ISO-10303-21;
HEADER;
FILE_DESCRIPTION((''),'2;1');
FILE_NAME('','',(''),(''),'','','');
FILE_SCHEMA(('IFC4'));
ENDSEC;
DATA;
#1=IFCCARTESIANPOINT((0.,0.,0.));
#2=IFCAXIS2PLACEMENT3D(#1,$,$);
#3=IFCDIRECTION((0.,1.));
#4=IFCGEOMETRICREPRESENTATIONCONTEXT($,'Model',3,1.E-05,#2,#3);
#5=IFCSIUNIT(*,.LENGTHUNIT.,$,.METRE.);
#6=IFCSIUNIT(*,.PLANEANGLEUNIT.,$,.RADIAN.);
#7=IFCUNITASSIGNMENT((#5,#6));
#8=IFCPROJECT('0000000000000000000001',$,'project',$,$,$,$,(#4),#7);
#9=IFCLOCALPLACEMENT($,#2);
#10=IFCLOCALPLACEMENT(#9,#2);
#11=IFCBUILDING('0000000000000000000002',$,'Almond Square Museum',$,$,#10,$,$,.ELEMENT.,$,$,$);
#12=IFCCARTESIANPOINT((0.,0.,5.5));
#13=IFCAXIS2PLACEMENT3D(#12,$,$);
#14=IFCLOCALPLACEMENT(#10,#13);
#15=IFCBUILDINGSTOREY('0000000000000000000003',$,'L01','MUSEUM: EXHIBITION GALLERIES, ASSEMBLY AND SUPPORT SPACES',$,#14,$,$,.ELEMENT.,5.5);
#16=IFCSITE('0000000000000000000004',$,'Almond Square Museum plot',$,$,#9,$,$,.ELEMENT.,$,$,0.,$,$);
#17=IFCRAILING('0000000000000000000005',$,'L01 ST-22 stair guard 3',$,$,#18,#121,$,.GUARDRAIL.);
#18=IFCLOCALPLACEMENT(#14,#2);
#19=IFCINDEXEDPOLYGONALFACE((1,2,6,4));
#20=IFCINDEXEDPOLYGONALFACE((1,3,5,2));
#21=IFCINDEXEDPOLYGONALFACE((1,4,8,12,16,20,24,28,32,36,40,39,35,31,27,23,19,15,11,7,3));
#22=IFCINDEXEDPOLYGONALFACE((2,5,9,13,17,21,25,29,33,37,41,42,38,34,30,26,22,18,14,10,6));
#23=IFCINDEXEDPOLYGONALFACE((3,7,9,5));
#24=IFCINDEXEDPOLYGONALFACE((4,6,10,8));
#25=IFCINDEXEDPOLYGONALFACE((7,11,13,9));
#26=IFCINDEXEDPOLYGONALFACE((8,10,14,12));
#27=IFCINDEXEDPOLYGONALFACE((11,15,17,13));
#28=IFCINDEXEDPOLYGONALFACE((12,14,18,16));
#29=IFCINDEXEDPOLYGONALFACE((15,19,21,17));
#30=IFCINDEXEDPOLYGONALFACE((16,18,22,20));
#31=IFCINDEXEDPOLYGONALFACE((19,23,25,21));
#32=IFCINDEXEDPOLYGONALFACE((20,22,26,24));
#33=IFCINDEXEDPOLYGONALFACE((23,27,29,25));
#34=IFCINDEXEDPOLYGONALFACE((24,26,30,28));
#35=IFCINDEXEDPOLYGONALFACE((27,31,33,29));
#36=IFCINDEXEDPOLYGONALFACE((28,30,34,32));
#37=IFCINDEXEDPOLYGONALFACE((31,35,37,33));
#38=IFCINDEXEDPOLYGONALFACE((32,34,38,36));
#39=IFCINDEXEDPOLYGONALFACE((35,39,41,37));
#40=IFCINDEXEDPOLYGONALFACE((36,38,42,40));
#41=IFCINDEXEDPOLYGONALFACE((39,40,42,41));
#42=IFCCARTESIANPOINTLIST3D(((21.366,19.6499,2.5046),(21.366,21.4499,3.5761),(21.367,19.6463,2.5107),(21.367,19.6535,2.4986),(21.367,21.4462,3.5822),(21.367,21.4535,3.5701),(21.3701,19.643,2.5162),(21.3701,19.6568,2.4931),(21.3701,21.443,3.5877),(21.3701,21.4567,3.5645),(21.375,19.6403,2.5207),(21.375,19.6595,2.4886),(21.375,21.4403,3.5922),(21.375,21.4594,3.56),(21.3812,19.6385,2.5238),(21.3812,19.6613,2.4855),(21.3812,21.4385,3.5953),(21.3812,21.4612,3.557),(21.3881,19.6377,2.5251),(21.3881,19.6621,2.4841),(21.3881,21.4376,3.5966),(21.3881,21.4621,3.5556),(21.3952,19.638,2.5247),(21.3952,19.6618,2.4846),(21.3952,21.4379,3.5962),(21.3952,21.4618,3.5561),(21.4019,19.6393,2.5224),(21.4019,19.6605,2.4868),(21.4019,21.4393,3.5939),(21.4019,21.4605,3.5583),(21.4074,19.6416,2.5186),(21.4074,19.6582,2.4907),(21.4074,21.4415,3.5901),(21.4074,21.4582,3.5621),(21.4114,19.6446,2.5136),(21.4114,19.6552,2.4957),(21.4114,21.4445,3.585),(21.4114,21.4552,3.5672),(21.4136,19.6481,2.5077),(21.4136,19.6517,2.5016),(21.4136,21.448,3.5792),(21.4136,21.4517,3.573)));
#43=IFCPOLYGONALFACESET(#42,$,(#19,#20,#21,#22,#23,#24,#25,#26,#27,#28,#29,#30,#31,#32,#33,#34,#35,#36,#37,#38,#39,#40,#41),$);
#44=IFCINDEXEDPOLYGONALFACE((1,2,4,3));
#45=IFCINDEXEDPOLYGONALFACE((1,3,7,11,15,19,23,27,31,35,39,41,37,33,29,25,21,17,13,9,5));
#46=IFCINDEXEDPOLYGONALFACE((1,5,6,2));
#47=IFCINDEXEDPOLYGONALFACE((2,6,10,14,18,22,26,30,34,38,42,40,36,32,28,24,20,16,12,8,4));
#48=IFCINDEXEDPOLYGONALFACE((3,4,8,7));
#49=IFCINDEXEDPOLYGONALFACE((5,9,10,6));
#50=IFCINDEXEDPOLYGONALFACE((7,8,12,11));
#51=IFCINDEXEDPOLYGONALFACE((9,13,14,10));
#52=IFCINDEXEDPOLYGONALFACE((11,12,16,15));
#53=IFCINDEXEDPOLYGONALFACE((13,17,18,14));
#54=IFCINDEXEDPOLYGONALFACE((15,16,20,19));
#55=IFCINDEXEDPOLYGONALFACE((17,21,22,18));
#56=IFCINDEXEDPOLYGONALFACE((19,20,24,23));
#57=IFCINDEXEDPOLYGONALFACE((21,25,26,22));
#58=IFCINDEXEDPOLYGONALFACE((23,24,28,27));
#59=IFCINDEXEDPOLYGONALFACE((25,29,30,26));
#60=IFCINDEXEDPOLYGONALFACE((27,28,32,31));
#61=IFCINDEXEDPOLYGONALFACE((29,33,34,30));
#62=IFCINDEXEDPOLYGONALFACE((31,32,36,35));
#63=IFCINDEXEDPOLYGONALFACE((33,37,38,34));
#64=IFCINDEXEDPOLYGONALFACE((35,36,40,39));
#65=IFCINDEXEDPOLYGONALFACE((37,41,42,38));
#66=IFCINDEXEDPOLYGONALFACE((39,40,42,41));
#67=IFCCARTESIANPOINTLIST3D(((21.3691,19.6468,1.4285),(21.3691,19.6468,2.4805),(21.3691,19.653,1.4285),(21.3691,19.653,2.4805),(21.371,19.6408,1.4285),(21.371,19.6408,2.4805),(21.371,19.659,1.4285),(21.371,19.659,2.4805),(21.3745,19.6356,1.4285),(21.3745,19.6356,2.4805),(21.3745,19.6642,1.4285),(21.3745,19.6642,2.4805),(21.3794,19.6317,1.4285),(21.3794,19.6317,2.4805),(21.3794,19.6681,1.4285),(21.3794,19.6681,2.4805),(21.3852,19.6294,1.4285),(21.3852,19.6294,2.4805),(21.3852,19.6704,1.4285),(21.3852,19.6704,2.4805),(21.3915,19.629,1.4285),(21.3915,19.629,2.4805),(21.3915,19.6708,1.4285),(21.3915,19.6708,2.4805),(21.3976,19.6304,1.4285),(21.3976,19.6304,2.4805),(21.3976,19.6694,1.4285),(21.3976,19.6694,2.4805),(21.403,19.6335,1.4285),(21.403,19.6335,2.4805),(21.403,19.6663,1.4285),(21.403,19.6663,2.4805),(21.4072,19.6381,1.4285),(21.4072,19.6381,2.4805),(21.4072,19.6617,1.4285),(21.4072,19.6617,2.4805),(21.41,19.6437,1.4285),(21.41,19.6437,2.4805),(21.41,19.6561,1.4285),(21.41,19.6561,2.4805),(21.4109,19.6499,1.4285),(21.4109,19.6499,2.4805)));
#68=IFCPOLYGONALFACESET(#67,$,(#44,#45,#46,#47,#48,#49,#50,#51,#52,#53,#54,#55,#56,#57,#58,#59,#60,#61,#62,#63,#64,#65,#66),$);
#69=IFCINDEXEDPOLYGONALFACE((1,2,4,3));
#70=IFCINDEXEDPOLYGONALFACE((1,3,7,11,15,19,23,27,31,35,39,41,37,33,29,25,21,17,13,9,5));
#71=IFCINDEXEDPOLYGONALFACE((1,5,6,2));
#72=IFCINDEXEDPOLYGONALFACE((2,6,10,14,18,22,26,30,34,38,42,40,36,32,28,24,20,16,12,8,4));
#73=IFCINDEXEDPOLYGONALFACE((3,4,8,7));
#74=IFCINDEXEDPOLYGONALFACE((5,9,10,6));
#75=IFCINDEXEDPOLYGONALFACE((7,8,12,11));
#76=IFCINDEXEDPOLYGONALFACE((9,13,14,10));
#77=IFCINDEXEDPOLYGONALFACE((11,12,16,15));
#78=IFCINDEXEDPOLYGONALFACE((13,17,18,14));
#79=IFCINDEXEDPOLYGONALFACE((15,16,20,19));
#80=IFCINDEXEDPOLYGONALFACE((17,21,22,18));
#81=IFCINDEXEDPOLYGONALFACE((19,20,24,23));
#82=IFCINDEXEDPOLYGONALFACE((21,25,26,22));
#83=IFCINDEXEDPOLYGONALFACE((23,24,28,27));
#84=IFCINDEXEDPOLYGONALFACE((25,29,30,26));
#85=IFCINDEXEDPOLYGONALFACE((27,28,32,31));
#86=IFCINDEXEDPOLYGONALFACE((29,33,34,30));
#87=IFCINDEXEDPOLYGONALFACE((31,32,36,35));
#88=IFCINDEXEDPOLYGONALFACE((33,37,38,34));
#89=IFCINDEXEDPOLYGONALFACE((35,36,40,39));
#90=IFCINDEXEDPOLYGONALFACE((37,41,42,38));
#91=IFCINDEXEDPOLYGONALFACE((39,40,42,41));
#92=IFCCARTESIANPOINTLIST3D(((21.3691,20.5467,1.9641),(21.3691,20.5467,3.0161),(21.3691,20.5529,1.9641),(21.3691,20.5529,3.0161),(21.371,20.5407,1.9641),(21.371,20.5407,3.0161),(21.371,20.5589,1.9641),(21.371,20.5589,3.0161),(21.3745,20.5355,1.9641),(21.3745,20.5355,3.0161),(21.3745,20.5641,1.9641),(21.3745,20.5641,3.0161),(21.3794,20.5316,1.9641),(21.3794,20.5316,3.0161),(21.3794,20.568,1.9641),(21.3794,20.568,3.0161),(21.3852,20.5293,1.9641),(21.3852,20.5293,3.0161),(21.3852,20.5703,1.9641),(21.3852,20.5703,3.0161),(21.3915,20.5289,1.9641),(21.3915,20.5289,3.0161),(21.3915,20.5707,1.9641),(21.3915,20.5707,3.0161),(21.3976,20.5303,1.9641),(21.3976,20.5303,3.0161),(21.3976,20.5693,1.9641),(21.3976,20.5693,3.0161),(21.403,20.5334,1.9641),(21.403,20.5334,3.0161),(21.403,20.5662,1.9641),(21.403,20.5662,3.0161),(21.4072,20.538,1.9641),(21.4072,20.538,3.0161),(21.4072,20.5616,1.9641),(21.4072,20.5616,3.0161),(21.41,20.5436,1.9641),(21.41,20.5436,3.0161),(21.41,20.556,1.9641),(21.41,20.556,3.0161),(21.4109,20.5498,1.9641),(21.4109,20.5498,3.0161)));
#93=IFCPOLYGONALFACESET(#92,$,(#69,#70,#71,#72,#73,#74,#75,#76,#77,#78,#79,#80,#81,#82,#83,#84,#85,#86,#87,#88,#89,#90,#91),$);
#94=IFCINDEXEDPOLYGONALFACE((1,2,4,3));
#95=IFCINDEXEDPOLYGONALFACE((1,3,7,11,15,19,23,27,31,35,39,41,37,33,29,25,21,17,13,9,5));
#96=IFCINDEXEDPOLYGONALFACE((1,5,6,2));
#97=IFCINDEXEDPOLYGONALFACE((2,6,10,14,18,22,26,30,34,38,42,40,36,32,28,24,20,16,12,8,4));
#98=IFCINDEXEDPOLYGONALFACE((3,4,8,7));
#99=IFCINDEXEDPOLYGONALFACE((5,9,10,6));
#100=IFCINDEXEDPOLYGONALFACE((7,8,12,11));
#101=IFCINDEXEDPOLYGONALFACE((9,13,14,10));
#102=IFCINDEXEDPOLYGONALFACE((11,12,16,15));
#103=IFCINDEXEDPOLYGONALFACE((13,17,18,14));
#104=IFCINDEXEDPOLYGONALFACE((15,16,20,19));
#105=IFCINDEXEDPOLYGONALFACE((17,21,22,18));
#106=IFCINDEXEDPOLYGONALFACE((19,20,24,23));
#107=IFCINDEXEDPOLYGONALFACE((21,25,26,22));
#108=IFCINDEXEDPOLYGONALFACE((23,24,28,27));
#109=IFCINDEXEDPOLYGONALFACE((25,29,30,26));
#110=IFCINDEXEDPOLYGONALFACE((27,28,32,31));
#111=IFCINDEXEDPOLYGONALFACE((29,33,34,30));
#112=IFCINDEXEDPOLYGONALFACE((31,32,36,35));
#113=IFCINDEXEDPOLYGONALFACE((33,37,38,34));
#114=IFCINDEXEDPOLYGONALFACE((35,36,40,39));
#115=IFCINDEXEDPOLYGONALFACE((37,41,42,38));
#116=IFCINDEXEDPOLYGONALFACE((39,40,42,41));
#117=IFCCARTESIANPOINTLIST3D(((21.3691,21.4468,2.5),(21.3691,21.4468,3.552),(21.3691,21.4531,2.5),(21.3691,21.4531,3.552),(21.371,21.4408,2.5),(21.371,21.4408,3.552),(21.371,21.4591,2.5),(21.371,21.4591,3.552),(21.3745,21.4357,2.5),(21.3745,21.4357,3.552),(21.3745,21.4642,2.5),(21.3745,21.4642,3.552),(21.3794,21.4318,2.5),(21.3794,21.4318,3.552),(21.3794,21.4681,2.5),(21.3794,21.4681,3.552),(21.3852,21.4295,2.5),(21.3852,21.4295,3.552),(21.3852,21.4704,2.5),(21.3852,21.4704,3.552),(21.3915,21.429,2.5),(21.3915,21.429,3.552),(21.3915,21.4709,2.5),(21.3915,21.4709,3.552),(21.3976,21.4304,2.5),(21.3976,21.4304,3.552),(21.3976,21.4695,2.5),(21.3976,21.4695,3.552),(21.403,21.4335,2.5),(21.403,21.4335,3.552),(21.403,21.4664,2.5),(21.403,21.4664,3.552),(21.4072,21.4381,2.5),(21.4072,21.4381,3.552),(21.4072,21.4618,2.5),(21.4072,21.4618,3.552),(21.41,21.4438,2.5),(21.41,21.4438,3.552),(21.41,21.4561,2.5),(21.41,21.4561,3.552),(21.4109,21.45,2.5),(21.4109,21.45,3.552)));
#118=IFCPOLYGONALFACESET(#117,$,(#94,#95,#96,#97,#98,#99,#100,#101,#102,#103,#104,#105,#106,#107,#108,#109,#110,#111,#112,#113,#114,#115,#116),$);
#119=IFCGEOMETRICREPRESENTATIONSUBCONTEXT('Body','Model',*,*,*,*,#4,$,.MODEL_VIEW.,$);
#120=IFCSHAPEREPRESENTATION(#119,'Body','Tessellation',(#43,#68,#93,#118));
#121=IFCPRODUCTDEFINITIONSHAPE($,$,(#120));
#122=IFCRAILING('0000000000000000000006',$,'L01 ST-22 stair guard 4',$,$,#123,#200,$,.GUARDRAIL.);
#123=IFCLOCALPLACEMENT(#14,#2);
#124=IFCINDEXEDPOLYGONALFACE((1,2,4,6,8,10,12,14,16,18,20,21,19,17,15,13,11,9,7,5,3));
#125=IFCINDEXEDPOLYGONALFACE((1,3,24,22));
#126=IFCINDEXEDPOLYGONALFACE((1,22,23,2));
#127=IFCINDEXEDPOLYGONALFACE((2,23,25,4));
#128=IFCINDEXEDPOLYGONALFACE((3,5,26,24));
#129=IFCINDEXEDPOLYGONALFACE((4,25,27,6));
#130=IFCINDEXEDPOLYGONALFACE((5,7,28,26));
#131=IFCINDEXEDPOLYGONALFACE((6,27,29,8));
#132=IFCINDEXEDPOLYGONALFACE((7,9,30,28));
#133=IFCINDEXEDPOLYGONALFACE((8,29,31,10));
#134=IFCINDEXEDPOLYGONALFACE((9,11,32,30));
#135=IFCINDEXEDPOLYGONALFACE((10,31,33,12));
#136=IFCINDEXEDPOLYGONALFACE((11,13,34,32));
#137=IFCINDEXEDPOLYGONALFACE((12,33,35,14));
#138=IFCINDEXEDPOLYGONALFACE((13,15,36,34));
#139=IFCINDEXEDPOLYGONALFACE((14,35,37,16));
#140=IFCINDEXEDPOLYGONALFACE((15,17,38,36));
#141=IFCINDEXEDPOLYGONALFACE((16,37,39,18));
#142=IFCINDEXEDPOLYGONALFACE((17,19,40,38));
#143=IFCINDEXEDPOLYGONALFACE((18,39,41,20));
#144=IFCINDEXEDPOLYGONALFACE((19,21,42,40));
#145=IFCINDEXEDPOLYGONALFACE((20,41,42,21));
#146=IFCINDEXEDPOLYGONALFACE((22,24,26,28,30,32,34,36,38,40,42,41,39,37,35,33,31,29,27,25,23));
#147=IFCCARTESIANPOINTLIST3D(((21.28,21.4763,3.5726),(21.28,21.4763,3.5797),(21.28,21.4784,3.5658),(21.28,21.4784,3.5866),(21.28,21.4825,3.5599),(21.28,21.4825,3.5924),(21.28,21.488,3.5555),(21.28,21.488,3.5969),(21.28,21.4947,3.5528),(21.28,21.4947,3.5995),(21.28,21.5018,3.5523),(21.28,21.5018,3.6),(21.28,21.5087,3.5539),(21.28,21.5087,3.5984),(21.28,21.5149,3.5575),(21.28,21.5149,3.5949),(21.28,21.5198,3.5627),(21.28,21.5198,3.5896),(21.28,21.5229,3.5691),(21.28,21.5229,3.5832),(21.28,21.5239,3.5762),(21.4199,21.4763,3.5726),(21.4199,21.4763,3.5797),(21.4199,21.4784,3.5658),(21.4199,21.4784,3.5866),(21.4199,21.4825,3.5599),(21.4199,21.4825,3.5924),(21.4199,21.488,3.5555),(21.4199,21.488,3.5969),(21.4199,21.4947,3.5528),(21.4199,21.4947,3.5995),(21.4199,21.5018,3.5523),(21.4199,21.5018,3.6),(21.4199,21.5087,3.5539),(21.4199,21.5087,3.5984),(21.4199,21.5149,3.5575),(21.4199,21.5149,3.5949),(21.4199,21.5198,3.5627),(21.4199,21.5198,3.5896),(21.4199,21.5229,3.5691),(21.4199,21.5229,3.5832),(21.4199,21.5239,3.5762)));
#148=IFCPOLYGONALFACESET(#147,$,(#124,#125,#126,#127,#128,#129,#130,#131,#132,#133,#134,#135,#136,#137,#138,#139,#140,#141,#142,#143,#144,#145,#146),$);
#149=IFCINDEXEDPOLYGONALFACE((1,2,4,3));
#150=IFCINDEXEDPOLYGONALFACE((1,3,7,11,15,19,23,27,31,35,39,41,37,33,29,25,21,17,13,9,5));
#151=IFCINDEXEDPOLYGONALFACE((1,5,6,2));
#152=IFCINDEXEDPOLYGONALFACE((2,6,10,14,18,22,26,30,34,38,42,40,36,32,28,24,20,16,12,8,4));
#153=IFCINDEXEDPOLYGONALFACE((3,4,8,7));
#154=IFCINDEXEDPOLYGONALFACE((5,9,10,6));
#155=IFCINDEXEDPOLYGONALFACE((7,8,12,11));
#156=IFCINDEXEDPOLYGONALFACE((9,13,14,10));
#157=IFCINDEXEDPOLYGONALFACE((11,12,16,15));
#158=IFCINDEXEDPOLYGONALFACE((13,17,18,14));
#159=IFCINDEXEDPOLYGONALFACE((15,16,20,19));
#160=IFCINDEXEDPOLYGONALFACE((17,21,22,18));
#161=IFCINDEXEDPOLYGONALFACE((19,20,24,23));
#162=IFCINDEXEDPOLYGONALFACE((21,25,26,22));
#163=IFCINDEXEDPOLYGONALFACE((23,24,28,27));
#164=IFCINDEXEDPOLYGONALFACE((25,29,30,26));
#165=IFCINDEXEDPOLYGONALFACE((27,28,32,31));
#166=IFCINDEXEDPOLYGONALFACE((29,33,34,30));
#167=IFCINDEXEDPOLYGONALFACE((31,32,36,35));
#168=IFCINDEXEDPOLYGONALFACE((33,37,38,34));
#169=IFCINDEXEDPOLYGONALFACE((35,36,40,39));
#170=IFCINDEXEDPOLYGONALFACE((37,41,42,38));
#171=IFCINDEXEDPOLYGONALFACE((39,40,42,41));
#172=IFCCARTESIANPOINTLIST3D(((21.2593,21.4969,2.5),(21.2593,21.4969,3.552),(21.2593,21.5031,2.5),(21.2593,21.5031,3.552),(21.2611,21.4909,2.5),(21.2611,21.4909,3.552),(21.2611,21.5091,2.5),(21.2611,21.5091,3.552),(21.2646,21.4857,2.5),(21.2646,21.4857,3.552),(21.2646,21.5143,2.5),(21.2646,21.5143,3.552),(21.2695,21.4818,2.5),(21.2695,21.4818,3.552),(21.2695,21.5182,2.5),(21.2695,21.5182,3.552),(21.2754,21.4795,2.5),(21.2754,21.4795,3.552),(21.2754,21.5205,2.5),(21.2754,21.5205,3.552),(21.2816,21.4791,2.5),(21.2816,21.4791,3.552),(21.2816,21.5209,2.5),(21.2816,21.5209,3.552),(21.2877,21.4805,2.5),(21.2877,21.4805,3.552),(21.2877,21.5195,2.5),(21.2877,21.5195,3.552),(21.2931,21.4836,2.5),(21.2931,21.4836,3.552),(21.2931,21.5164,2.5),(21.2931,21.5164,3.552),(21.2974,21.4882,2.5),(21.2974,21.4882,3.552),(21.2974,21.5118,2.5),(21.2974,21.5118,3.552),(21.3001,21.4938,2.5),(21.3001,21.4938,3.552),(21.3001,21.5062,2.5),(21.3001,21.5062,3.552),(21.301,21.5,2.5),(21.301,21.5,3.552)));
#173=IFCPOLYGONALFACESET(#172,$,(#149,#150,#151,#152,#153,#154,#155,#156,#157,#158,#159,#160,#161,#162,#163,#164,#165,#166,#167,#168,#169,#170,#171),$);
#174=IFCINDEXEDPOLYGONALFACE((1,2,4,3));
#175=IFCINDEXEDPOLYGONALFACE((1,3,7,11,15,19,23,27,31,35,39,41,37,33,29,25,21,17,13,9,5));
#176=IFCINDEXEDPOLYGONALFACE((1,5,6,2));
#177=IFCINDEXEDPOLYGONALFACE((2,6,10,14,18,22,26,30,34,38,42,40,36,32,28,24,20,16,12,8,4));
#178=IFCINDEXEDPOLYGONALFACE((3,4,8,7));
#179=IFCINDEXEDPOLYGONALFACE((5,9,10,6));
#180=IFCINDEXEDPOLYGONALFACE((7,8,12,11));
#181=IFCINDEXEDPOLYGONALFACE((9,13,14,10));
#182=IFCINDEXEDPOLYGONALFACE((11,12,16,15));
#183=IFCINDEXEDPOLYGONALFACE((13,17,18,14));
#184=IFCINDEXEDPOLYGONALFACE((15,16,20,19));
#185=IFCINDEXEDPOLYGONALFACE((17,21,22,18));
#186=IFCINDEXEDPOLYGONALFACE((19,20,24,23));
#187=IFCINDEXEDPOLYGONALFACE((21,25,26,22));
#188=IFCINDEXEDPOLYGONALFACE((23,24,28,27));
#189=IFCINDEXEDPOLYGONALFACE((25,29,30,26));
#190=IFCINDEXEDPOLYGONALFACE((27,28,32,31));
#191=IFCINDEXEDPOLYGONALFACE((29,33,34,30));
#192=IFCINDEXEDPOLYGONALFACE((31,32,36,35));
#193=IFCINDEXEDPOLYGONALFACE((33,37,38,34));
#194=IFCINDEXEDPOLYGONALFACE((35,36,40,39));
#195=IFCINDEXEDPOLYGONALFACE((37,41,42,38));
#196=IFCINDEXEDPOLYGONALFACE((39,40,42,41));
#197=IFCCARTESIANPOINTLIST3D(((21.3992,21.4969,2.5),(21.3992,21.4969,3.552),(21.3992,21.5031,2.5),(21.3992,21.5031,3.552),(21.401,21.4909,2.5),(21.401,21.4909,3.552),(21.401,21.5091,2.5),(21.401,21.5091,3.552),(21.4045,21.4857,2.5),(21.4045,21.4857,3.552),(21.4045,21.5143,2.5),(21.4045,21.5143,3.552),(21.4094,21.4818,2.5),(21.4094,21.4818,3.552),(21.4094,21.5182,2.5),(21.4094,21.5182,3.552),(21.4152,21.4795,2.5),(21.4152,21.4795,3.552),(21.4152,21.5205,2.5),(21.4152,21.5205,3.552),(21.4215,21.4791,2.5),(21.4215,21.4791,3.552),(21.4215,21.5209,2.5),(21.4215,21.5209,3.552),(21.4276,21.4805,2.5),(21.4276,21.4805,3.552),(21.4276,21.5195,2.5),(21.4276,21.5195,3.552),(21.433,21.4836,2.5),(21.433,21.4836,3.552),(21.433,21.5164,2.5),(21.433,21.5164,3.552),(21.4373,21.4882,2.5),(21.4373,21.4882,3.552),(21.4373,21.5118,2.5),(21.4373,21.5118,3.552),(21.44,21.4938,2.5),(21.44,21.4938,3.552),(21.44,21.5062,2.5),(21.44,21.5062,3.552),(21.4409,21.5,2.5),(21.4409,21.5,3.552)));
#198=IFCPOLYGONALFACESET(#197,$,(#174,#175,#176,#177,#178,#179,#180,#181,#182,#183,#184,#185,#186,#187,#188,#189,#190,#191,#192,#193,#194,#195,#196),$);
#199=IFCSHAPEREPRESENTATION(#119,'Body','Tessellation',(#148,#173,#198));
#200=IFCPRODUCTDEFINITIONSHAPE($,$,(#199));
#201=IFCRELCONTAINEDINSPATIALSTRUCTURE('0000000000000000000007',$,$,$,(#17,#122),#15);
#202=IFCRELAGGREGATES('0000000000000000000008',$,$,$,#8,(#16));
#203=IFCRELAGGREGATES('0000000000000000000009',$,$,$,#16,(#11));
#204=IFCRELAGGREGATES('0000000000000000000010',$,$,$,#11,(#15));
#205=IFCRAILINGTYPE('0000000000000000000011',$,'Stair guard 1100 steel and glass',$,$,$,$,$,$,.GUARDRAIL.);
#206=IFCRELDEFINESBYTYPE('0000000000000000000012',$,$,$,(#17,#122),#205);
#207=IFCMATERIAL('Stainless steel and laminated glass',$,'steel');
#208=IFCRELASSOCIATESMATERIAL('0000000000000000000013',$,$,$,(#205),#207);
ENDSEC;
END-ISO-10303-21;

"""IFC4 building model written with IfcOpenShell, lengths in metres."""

from ifc_helpers import new_model, si_unit, direction, frame, origin, origin_2d, place, context, subcontext, project, spatial, circle, extrude, material, type_object, element, save


model = new_model("IFC4")

# Units and contexts
model_context = context("Model", 3, precision=1e-05, world=origin(), true_north=direction((0.0, 1.0)))
body_context = subcontext(model_context, "Body", "Model", "MODEL_VIEW")
ifc_project = project(units=[si_unit("LENGTHUNIT", "METRE"), si_unit("PLANEANGLEUNIT", "RADIAN")], contexts=[model_context])

# Site, building, storey
site_placement = place(None, origin())
site = spatial("IfcSite", under=ifc_project, at=site_placement, Name="Almond Square Museum plot", CompositionType="ELEMENT", RefElevation=0.0)
building_placement = place(site_placement, origin())
building = spatial("IfcBuilding", under=site, at=building_placement, Name="Almond Square Museum", CompositionType="ELEMENT")
storey_placement = place(building_placement, frame((0.0, 0.0, 5.5)))
storey = spatial("IfcBuildingStorey", under=building, at=storey_placement, Name="L01", Description="MUSEUM: EXHIBITION GALLERIES, ASSEMBLY AND SUPPORT SPACES", CompositionType="ELEMENT", Elevation=5.5)

# Railings
ifc_material_1 = material(Name="Stainless steel and laminated glass", Category="steel")
railing_type_1 = type_object("IfcRailingType", Name="Stair guard 1100 steel and glass", PredefinedType="GUARDRAIL", material=ifc_material_1)
railing_1_placement = place(storey_placement, frame((21.3899, 19.6499, 1.4285)))
element("IfcRailing", 1, at=railing_1_placement, inside=storey, type_object=railing_type_1, Name="L01 ST-22 stair guard 3", PredefinedType="GUARDRAIL", context=body_context, shape_type="SweptSolid", body=[
    extrude(circle(Radius=0.0239, at=origin_2d()), frame((0.0, 0.0, 1.0762), z_axis=(0.0, 0.859277, 0.51151), x_axis=(-1.0, 0.0, 0.0)), (0.0, 0.0, 1.0), 2.0947),
    extrude(circle(Radius=0.021, at=origin_2d()), origin(), (0.0, 0.0, 1.0), 1.052),
    extrude(circle(Radius=0.021, at=origin_2d()), frame((0.0, 0.8999, 0.5356)), (0.0, 0.0, 1.0), 1.052),
    extrude(circle(Radius=0.021, at=origin_2d()), frame((0.0, 1.8, 1.0715)), (0.0, 0.0, 1.0), 1.052),
])
railing_2_placement = place(storey_placement, frame((21.28, 21.5, 2.5)))
element("IfcRailing", 2, at=railing_2_placement, inside=storey, type_object=railing_type_1, Name="L01 ST-22 stair guard 4", PredefinedType="GUARDRAIL", context=body_context, shape_type="SweptSolid", body=[
    extrude(circle(Radius=0.0239, at=origin_2d()), frame((0.0, 0.0, 1.0762), z_axis=(1.0, 0.0, 0.0), x_axis=(0.0, 1.0, 0.0)), (0.0, 0.0, 1.0), 0.1399),
    extrude(circle(Radius=0.021, at=origin_2d()), origin(), (0.0, 0.0, 1.0), 1.052),
    extrude(circle(Radius=0.021, at=origin_2d()), frame((0.1399, 0.0, 0.0)), (0.0, 0.0, 1.0), 1.052),
])

save(model, "model.ifc")
